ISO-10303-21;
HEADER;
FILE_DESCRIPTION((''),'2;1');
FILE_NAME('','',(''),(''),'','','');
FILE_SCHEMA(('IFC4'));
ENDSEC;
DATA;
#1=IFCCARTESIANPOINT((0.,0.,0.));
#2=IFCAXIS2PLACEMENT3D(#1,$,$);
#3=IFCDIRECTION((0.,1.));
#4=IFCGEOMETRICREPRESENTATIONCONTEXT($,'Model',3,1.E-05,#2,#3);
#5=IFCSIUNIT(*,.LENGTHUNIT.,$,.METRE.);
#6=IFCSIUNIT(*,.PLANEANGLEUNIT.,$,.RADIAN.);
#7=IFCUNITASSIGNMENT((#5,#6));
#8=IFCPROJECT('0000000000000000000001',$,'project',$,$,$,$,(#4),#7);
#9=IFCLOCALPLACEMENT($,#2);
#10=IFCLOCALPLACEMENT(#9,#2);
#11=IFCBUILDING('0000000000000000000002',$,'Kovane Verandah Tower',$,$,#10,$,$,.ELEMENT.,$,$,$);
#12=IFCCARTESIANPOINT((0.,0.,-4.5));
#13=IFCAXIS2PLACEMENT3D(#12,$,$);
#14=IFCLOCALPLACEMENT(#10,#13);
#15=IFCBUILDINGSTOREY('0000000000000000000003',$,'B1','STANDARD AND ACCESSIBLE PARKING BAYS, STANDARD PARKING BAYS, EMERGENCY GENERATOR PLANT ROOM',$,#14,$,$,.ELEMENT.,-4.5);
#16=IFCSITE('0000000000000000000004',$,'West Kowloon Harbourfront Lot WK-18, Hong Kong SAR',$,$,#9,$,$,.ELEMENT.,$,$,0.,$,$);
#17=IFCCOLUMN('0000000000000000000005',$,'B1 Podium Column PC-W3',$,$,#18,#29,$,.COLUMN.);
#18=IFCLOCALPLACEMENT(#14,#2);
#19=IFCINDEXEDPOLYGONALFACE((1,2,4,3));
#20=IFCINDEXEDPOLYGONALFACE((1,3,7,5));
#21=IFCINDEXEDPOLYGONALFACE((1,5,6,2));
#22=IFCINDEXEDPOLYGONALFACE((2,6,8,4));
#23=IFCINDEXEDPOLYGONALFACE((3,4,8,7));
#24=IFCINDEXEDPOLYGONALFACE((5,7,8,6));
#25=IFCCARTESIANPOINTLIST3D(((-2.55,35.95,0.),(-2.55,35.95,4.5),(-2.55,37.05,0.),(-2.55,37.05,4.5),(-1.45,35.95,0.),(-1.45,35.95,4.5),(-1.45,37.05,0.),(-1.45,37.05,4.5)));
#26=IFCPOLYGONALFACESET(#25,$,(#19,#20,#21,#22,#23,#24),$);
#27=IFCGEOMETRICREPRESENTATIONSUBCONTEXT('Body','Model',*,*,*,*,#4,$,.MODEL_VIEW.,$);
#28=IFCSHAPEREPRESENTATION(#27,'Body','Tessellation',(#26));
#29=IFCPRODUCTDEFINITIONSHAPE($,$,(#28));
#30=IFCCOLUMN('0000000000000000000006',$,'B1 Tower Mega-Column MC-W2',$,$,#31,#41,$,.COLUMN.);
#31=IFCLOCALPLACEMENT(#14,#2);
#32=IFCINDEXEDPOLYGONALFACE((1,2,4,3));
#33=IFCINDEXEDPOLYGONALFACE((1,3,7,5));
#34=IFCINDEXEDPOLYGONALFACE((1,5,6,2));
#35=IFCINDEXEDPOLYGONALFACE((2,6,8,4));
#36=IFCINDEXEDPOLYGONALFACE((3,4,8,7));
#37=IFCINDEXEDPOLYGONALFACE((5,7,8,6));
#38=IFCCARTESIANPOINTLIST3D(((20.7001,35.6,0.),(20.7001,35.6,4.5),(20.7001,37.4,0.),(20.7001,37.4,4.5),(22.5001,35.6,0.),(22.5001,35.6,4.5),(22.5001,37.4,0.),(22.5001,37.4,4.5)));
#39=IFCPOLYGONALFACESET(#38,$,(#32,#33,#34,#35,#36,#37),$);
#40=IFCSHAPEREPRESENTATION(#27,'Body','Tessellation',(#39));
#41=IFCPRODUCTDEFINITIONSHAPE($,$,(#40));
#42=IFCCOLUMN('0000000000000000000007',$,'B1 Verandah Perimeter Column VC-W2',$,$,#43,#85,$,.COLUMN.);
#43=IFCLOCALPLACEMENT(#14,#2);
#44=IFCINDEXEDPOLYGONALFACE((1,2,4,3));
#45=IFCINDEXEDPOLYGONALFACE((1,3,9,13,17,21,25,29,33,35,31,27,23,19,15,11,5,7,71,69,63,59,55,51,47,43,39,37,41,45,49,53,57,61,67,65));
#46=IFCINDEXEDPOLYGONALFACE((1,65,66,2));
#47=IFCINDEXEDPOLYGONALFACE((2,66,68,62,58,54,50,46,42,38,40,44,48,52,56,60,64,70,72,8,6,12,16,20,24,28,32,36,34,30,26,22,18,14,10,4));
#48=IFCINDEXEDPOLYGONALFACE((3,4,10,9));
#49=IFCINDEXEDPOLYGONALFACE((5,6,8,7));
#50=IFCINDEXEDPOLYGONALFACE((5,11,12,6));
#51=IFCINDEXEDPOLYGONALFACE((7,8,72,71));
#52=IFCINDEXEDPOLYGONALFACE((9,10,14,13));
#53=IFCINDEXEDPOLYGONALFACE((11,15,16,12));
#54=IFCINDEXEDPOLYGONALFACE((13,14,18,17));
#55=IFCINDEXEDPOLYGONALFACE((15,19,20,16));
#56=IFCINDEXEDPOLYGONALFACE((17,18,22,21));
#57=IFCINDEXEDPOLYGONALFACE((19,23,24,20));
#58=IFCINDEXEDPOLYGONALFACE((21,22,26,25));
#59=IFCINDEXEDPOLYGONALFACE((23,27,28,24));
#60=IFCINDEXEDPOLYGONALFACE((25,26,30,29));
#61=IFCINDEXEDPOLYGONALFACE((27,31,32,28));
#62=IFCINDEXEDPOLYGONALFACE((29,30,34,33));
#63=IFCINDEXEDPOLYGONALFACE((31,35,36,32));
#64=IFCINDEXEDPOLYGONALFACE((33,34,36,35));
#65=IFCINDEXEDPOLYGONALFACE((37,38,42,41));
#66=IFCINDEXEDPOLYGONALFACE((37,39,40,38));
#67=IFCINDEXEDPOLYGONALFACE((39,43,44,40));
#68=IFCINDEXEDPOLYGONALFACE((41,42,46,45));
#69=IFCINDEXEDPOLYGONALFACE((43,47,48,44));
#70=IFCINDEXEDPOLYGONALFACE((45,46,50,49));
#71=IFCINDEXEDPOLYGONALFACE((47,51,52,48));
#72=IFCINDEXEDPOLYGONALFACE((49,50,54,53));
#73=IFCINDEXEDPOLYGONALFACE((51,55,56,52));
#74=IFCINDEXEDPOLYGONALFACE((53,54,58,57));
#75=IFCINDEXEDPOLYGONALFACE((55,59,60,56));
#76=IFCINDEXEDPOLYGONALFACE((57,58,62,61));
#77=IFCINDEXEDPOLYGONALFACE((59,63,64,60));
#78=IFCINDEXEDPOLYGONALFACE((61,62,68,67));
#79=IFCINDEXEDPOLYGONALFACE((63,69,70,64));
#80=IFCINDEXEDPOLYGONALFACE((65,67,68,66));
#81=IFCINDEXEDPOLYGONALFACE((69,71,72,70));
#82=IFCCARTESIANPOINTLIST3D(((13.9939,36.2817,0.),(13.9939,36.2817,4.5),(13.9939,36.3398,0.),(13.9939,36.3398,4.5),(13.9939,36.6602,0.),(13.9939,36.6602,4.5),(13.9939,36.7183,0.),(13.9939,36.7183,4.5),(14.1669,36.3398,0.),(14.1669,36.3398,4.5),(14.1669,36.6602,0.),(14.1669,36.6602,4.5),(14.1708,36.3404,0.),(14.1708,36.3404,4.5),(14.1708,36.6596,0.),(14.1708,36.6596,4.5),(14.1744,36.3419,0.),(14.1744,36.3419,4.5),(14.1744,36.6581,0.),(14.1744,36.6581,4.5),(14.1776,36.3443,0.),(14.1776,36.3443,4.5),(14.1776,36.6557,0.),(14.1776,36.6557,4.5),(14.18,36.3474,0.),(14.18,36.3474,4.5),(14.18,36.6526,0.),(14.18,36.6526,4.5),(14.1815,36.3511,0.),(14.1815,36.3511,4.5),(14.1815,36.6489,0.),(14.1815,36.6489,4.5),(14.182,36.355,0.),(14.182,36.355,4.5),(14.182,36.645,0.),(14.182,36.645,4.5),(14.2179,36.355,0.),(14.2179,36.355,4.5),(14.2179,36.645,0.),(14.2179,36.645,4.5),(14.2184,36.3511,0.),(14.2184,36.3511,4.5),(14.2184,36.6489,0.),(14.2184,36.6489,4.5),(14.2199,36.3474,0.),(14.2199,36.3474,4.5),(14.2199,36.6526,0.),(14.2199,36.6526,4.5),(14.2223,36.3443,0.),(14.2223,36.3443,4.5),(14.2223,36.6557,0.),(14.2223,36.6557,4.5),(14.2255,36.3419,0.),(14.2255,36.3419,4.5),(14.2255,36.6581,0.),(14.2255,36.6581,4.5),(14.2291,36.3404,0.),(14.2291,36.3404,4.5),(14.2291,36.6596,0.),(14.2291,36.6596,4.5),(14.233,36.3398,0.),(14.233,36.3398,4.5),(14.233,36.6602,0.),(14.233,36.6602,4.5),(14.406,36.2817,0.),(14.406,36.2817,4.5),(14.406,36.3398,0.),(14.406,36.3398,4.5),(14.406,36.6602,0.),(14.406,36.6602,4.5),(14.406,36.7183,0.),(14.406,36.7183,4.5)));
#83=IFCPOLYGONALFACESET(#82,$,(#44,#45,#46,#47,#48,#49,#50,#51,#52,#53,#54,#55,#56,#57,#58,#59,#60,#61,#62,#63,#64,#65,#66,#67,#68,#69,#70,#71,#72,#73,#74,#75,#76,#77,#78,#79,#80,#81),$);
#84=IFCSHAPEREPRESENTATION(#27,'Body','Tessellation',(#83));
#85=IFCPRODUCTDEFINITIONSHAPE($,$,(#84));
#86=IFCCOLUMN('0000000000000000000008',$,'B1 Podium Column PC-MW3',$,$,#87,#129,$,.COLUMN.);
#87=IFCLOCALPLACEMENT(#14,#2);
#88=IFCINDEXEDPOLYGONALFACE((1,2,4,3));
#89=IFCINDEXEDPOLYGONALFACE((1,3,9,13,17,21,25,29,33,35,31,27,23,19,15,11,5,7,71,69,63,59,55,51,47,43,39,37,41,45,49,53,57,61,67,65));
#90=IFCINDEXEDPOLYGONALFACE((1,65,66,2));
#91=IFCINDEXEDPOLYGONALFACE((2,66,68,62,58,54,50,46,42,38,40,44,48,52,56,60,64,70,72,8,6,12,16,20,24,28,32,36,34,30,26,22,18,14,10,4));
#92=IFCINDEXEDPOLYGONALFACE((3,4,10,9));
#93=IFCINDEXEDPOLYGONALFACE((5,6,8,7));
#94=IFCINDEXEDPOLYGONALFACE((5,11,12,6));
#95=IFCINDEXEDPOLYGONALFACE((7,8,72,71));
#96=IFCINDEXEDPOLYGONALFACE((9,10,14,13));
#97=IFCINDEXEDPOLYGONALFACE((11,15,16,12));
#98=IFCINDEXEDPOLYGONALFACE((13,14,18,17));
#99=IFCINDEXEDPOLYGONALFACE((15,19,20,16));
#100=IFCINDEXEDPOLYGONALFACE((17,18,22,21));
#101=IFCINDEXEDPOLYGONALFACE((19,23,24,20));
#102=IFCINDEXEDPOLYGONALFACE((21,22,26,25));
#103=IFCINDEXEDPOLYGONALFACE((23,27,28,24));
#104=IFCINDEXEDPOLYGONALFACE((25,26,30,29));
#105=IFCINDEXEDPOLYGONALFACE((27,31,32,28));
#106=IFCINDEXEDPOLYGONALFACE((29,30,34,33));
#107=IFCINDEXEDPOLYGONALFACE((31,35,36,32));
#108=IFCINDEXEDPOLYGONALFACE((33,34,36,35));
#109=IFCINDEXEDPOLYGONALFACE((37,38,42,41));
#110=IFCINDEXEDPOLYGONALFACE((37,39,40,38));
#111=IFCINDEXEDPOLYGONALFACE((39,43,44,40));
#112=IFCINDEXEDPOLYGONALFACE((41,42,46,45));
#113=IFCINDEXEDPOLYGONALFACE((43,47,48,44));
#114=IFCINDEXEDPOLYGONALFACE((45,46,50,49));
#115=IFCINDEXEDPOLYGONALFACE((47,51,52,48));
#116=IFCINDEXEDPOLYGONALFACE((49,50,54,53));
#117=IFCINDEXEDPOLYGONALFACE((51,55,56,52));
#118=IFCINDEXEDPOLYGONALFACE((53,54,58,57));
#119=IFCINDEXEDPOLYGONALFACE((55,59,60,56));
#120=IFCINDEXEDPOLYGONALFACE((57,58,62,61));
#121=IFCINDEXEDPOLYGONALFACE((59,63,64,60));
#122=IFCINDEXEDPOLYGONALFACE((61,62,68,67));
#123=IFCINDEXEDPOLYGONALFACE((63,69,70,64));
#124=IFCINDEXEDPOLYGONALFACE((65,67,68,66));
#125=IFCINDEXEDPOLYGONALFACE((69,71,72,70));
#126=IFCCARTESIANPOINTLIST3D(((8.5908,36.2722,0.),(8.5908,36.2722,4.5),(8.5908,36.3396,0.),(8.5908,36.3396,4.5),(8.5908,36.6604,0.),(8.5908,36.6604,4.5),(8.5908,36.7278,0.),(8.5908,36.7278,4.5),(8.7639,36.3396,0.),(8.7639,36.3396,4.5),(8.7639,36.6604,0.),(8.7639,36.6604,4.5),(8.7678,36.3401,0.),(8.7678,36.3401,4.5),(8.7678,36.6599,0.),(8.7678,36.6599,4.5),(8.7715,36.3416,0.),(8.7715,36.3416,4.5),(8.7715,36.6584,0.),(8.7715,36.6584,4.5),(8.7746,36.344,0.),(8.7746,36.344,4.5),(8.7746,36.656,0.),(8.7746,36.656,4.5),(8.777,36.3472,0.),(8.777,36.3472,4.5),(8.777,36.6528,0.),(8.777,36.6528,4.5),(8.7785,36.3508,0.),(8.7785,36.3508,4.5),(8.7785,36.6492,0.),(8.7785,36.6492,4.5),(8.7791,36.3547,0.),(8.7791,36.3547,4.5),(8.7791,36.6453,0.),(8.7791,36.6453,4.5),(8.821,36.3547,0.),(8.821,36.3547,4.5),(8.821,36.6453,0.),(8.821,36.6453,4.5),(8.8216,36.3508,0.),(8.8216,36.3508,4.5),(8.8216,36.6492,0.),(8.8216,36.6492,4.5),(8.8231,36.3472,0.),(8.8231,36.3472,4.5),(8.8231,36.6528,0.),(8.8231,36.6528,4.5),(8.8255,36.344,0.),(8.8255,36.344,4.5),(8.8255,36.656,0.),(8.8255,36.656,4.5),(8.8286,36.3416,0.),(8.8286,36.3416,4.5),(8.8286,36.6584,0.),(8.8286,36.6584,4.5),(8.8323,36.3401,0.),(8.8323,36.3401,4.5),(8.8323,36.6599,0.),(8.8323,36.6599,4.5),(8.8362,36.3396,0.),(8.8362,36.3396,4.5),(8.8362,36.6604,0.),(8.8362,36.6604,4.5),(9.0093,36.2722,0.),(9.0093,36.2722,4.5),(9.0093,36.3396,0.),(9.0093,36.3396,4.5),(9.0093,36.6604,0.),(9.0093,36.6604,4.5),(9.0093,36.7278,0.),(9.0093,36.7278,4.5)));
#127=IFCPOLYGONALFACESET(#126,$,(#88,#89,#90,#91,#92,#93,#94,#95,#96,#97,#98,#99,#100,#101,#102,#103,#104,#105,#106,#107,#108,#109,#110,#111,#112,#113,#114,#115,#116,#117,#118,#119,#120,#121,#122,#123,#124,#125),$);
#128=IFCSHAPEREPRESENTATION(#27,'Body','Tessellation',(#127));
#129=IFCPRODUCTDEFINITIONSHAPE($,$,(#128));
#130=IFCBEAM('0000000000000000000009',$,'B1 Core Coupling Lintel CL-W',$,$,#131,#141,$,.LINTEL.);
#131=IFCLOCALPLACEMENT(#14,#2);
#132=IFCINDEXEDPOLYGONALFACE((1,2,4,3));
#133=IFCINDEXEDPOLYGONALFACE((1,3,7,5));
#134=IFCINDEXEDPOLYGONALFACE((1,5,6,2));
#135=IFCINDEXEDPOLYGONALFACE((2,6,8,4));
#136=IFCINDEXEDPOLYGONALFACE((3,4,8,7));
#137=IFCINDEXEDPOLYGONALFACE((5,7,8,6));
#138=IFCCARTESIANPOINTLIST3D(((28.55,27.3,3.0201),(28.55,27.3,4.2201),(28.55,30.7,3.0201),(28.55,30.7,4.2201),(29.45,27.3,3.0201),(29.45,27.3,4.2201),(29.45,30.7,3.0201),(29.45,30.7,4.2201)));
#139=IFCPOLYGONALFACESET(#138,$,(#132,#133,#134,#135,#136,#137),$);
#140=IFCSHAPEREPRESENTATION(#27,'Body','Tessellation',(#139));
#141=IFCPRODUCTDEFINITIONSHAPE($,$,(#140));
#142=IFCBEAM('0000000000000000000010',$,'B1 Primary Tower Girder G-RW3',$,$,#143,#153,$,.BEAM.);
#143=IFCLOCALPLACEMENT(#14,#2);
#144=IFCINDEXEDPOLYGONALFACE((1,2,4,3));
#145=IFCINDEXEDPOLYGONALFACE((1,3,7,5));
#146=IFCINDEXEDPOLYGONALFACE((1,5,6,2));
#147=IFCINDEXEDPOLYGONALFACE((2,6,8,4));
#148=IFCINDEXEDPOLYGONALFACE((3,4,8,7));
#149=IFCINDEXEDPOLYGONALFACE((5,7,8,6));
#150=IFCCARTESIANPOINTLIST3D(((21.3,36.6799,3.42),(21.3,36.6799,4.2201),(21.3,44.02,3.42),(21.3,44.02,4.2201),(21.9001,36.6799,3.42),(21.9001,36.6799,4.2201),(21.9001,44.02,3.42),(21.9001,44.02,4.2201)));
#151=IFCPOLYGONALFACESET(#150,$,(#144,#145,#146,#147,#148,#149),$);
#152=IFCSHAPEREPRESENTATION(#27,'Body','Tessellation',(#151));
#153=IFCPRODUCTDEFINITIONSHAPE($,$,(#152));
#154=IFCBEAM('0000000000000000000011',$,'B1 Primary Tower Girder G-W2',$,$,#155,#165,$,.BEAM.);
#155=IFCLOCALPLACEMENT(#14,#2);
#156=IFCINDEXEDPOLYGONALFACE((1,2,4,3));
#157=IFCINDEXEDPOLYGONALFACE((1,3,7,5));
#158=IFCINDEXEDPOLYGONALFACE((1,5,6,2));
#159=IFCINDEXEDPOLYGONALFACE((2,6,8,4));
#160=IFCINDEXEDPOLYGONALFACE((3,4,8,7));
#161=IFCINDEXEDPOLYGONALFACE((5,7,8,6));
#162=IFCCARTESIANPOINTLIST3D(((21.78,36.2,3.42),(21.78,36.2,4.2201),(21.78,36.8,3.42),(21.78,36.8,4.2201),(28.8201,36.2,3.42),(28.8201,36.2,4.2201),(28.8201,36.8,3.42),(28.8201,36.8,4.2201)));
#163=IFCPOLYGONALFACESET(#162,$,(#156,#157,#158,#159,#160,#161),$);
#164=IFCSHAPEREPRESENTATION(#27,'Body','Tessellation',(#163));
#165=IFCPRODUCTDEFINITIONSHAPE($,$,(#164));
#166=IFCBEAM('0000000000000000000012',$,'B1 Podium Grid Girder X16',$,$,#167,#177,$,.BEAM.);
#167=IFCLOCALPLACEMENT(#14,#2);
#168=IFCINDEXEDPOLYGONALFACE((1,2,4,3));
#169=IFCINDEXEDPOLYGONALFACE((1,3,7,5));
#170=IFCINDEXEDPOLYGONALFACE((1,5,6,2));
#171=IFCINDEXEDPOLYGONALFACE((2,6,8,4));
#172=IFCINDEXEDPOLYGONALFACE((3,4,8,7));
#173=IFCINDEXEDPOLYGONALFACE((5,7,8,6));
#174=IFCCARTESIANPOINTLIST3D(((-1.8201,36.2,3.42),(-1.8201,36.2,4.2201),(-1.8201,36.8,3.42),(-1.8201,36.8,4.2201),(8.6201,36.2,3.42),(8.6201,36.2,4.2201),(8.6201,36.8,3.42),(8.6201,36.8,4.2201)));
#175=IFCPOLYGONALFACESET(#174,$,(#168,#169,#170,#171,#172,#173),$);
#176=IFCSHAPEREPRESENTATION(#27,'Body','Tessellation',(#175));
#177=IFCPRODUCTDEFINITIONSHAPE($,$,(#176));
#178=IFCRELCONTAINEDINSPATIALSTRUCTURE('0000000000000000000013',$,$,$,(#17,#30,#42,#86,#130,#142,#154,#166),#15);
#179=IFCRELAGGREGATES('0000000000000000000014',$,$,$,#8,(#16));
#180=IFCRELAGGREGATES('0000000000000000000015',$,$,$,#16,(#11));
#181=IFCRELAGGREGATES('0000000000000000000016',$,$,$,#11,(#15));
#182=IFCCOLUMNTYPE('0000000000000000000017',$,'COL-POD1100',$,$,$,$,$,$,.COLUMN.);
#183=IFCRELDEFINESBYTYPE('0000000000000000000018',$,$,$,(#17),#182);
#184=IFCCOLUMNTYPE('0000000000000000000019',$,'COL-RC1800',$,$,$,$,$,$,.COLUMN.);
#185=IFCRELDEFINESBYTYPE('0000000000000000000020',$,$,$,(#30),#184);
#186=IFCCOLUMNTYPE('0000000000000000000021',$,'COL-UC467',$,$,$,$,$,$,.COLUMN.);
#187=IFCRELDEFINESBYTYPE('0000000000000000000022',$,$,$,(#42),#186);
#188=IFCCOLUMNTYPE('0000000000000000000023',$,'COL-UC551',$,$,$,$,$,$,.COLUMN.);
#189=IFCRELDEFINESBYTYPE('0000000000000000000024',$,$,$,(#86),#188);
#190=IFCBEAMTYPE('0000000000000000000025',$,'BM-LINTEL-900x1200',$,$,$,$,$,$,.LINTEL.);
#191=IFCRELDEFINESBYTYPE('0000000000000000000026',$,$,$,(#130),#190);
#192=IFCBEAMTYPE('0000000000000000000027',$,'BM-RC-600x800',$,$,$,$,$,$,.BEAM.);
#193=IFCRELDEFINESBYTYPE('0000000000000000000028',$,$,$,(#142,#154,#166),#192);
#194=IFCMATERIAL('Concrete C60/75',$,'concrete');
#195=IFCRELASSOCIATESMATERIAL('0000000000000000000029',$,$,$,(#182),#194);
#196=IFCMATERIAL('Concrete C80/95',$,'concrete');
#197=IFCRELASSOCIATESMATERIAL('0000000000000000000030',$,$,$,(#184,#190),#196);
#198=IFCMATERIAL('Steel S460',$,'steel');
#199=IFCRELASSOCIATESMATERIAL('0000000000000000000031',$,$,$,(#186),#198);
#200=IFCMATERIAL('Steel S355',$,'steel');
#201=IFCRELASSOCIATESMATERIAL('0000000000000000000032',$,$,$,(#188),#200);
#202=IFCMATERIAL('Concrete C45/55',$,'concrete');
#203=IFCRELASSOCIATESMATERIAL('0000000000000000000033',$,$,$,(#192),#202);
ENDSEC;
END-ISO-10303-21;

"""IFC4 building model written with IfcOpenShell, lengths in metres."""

from ifc_helpers import new_model, si_unit, direction, frame, origin, origin_2d, place, context, subcontext, project, spatial, rectangle, i_section, extrude, material, material_profile, profile_set, type_object, element, save


model = new_model("IFC4")

# Units and contexts
model_context = context("Model", 3, precision=1e-05, world=origin(), true_north=direction((0.0, 1.0)))
body_context = subcontext(model_context, "Body", "Model", "MODEL_VIEW")
ifc_project = project(units=[si_unit("LENGTHUNIT", "METRE"), si_unit("PLANEANGLEUNIT", "RADIAN")], contexts=[model_context])

# Site, building, storey
site_placement = place(None, origin())
site = spatial("IfcSite", under=ifc_project, at=site_placement, Name="West Kowloon Harbourfront Lot WK-18, Hong Kong SAR", CompositionType="ELEMENT", RefElevation=0.0)
building_placement = place(site_placement, origin())
building = spatial("IfcBuilding", under=site, at=building_placement, Name="Kovane Verandah Tower", CompositionType="ELEMENT")
storey_placement = place(building_placement, frame((0.0, 0.0, -4.5)))
storey = spatial("IfcBuildingStorey", under=building, at=storey_placement, Name="B1", Description="STANDARD AND ACCESSIBLE PARKING BAYS, STANDARD PARKING BAYS, EMERGENCY GENERATOR PLANT ROOM", CompositionType="ELEMENT", Elevation=-4.5)

# Columns
ifc_material_1 = material(Name="Concrete C60/75", Category="concrete")
ifc_material_profile_1 = material_profile(ifc_material_1, rectangle(XDim=1.1001, YDim=1.1001, at=origin_2d()), Name="RC1100x1100")
ifc_profile_set_1 = profile_set([ifc_material_profile_1], Name="Concrete C60/75")
column_type_1 = type_object("IfcColumnType", Name="COL-POD1100", PredefinedType="COLUMN", material=ifc_profile_set_1)
column_1_placement = place(storey_placement, frame((-2.0, 36.5, 0.0), z_axis=(0.0, 0.0, 1.0), x_axis=(1.0, 0.0, 0.0)))
element("IfcColumn", 1, at=column_1_placement, inside=storey, type_object=column_type_1, Name="B1 Podium Column PC-W3", PredefinedType="COLUMN", context=body_context, shape_type="SweptSolid", body=[
    extrude(rectangle(XDim=1.1001, YDim=1.1001, at=origin_2d()), origin(), (0.0, 0.0, 1.0), 4.5),
])
ifc_material_2 = material(Name="Concrete C80/95", Category="concrete")
ifc_material_profile_2 = material_profile(ifc_material_2, rectangle(XDim=1.8, YDim=1.8, at=origin_2d()), Name="RC1800x1800")
ifc_profile_set_2 = profile_set([ifc_material_profile_2], Name="Concrete C80/95")
column_type_2 = type_object("IfcColumnType", Name="COL-RC1800", PredefinedType="COLUMN", material=ifc_profile_set_2)
column_2_placement = place(storey_placement, frame((21.6001, 36.5, 0.0), z_axis=(0.0, 0.0, 1.0), x_axis=(1.0, 0.0, 0.0)))
element("IfcColumn", 2, at=column_2_placement, inside=storey, type_object=column_type_2, Name="B1 Tower Mega-Column MC-W2", PredefinedType="COLUMN", context=body_context, shape_type="SweptSolid", body=[
    extrude(rectangle(XDim=1.8, YDim=1.8, at=origin_2d()), origin(), (0.0, 0.0, 1.0), 4.5),
])
ifc_material_3 = material(Name="Steel S460", Category="steel")
ifc_material_profile_3 = material_profile(ifc_material_3, i_section(OverallWidth=0.4121, OverallDepth=0.4365, WebThickness=0.0359, FlangeThickness=0.0581, FilletRadius=0.0151, at=origin_2d()), Name="UC356x406x467")
ifc_profile_set_3 = profile_set([ifc_material_profile_3], Name="Steel S460")
column_type_3 = type_object("IfcColumnType", Name="COL-UC467", PredefinedType="COLUMN", material=ifc_profile_set_3)
column_3_placement = place(storey_placement, frame((14.2, 36.5, 0.0), z_axis=(0.0, 0.0, 1.0), x_axis=(1.0, 0.0, 0.0)))
element("IfcColumn", 3, at=column_3_placement, inside=storey, type_object=column_type_3, Name="B1 Verandah Perimeter Column VC-W2", PredefinedType="COLUMN", context=body_context, shape_type="SweptSolid", body=[
    extrude(i_section(OverallWidth=0.4121, OverallDepth=0.4365, WebThickness=0.0359, FlangeThickness=0.0581, FilletRadius=0.0151, at=origin_2d()), origin(), (0.0, 0.0, 1.0), 4.5),
])
ifc_material_4 = material(Name="Steel S355", Category="steel")
ifc_material_profile_4 = material_profile(ifc_material_4, i_section(OverallWidth=0.4185, OverallDepth=0.4556, WebThickness=0.042, FlangeThickness=0.0674, FilletRadius=0.0151, at=origin_2d()), Name="UC356x406x551")
ifc_profile_set_4 = profile_set([ifc_material_profile_4], Name="Steel S355")
column_type_4 = type_object("IfcColumnType", Name="COL-UC551", PredefinedType="COLUMN", material=ifc_profile_set_4)
column_4_placement = place(storey_placement, frame((8.8, 36.5, 0.0), z_axis=(0.0, 0.0, 1.0), x_axis=(1.0, 0.0, 0.0)))
element("IfcColumn", 4, at=column_4_placement, inside=storey, type_object=column_type_4, Name="B1 Podium Column PC-MW3", PredefinedType="COLUMN", context=body_context, shape_type="SweptSolid", body=[
    extrude(i_section(OverallWidth=0.4185, OverallDepth=0.4556, WebThickness=0.042, FlangeThickness=0.0674, FilletRadius=0.0151, at=origin_2d()), origin(), (0.0, 0.0, 1.0), 4.5),
])

# Beams
ifc_material_profile_5 = material_profile(ifc_material_2, rectangle(XDim=0.8999, YDim=1.2, at=origin_2d()), Name="RCB900x1200")
ifc_profile_set_5 = profile_set([ifc_material_profile_5], Name="Concrete C80/95")
beam_type_1 = type_object("IfcBeamType", Name="BM-LINTEL-900x1200", PredefinedType="LINTEL", material=ifc_profile_set_5)
beam_1_placement = place(storey_placement, frame((29.0, 27.3, 3.6201), z_axis=(0.0, 1.0, 0.0), x_axis=(-1.0, 0.0, 0.0)))
element("IfcBeam", 5, at=beam_1_placement, inside=storey, type_object=beam_type_1, Name="B1 Core Coupling Lintel CL-W", PredefinedType="LINTEL", context=body_context, shape_type="SweptSolid", body=[
    extrude(rectangle(XDim=0.8999, YDim=1.2, at=origin_2d()), origin(), (0.0, 0.0, 1.0), 3.3999),
])
ifc_material_5 = material(Name="Concrete C45/55", Category="concrete")
ifc_material_profile_6 = material_profile(ifc_material_5, rectangle(XDim=0.6001, YDim=0.8, at=origin_2d()), Name="RCB600x800")
ifc_profile_set_6 = profile_set([ifc_material_profile_6], Name="Concrete C45/55")
beam_type_2 = type_object("IfcBeamType", Name="BM-RC-600x800", PredefinedType="BEAM", material=ifc_profile_set_6)
beam_2_placement = place(storey_placement, frame((21.6001, 36.6799, 3.8201), z_axis=(0.0, 1.0, 0.0), x_axis=(-1.0, 0.0, 0.0)))
element("IfcBeam", 6, at=beam_2_placement, inside=storey, type_object=beam_type_2, Name="B1 Primary Tower Girder G-RW3", PredefinedType="BEAM", context=body_context, shape_type="SweptSolid", body=[
    extrude(rectangle(XDim=0.6001, YDim=0.8, at=origin_2d()), origin(), (0.0, 0.0, 1.0), 7.3401),
])
beam_3_placement = place(storey_placement, frame((28.8201, 36.5, 3.8201), z_axis=(-1.0, 0.0, 0.0), x_axis=(0.0, -1.0, 0.0)))
element("IfcBeam", 7, at=beam_3_placement, inside=storey, type_object=beam_type_2, Name="B1 Primary Tower Girder G-W2", PredefinedType="BEAM", context=body_context, shape_type="SweptSolid", body=[
    extrude(rectangle(XDim=0.6001, YDim=0.8, at=origin_2d()), origin(), (0.0, 0.0, 1.0), 7.04),
])
beam_4_placement = place(storey_placement, frame((-1.8201, 36.5, 3.8201), z_axis=(1.0, 0.0, 0.0), x_axis=(0.0, 1.0, 0.0)))
element("IfcBeam", 8, at=beam_4_placement, inside=storey, type_object=beam_type_2, Name="B1 Podium Grid Girder X16", PredefinedType="BEAM", context=body_context, shape_type="SweptSolid", body=[
    extrude(rectangle(XDim=0.6001, YDim=0.8, at=origin_2d()), origin(), (0.0, 0.0, 1.0), 10.4402),
])

save(model, "model.ifc")
